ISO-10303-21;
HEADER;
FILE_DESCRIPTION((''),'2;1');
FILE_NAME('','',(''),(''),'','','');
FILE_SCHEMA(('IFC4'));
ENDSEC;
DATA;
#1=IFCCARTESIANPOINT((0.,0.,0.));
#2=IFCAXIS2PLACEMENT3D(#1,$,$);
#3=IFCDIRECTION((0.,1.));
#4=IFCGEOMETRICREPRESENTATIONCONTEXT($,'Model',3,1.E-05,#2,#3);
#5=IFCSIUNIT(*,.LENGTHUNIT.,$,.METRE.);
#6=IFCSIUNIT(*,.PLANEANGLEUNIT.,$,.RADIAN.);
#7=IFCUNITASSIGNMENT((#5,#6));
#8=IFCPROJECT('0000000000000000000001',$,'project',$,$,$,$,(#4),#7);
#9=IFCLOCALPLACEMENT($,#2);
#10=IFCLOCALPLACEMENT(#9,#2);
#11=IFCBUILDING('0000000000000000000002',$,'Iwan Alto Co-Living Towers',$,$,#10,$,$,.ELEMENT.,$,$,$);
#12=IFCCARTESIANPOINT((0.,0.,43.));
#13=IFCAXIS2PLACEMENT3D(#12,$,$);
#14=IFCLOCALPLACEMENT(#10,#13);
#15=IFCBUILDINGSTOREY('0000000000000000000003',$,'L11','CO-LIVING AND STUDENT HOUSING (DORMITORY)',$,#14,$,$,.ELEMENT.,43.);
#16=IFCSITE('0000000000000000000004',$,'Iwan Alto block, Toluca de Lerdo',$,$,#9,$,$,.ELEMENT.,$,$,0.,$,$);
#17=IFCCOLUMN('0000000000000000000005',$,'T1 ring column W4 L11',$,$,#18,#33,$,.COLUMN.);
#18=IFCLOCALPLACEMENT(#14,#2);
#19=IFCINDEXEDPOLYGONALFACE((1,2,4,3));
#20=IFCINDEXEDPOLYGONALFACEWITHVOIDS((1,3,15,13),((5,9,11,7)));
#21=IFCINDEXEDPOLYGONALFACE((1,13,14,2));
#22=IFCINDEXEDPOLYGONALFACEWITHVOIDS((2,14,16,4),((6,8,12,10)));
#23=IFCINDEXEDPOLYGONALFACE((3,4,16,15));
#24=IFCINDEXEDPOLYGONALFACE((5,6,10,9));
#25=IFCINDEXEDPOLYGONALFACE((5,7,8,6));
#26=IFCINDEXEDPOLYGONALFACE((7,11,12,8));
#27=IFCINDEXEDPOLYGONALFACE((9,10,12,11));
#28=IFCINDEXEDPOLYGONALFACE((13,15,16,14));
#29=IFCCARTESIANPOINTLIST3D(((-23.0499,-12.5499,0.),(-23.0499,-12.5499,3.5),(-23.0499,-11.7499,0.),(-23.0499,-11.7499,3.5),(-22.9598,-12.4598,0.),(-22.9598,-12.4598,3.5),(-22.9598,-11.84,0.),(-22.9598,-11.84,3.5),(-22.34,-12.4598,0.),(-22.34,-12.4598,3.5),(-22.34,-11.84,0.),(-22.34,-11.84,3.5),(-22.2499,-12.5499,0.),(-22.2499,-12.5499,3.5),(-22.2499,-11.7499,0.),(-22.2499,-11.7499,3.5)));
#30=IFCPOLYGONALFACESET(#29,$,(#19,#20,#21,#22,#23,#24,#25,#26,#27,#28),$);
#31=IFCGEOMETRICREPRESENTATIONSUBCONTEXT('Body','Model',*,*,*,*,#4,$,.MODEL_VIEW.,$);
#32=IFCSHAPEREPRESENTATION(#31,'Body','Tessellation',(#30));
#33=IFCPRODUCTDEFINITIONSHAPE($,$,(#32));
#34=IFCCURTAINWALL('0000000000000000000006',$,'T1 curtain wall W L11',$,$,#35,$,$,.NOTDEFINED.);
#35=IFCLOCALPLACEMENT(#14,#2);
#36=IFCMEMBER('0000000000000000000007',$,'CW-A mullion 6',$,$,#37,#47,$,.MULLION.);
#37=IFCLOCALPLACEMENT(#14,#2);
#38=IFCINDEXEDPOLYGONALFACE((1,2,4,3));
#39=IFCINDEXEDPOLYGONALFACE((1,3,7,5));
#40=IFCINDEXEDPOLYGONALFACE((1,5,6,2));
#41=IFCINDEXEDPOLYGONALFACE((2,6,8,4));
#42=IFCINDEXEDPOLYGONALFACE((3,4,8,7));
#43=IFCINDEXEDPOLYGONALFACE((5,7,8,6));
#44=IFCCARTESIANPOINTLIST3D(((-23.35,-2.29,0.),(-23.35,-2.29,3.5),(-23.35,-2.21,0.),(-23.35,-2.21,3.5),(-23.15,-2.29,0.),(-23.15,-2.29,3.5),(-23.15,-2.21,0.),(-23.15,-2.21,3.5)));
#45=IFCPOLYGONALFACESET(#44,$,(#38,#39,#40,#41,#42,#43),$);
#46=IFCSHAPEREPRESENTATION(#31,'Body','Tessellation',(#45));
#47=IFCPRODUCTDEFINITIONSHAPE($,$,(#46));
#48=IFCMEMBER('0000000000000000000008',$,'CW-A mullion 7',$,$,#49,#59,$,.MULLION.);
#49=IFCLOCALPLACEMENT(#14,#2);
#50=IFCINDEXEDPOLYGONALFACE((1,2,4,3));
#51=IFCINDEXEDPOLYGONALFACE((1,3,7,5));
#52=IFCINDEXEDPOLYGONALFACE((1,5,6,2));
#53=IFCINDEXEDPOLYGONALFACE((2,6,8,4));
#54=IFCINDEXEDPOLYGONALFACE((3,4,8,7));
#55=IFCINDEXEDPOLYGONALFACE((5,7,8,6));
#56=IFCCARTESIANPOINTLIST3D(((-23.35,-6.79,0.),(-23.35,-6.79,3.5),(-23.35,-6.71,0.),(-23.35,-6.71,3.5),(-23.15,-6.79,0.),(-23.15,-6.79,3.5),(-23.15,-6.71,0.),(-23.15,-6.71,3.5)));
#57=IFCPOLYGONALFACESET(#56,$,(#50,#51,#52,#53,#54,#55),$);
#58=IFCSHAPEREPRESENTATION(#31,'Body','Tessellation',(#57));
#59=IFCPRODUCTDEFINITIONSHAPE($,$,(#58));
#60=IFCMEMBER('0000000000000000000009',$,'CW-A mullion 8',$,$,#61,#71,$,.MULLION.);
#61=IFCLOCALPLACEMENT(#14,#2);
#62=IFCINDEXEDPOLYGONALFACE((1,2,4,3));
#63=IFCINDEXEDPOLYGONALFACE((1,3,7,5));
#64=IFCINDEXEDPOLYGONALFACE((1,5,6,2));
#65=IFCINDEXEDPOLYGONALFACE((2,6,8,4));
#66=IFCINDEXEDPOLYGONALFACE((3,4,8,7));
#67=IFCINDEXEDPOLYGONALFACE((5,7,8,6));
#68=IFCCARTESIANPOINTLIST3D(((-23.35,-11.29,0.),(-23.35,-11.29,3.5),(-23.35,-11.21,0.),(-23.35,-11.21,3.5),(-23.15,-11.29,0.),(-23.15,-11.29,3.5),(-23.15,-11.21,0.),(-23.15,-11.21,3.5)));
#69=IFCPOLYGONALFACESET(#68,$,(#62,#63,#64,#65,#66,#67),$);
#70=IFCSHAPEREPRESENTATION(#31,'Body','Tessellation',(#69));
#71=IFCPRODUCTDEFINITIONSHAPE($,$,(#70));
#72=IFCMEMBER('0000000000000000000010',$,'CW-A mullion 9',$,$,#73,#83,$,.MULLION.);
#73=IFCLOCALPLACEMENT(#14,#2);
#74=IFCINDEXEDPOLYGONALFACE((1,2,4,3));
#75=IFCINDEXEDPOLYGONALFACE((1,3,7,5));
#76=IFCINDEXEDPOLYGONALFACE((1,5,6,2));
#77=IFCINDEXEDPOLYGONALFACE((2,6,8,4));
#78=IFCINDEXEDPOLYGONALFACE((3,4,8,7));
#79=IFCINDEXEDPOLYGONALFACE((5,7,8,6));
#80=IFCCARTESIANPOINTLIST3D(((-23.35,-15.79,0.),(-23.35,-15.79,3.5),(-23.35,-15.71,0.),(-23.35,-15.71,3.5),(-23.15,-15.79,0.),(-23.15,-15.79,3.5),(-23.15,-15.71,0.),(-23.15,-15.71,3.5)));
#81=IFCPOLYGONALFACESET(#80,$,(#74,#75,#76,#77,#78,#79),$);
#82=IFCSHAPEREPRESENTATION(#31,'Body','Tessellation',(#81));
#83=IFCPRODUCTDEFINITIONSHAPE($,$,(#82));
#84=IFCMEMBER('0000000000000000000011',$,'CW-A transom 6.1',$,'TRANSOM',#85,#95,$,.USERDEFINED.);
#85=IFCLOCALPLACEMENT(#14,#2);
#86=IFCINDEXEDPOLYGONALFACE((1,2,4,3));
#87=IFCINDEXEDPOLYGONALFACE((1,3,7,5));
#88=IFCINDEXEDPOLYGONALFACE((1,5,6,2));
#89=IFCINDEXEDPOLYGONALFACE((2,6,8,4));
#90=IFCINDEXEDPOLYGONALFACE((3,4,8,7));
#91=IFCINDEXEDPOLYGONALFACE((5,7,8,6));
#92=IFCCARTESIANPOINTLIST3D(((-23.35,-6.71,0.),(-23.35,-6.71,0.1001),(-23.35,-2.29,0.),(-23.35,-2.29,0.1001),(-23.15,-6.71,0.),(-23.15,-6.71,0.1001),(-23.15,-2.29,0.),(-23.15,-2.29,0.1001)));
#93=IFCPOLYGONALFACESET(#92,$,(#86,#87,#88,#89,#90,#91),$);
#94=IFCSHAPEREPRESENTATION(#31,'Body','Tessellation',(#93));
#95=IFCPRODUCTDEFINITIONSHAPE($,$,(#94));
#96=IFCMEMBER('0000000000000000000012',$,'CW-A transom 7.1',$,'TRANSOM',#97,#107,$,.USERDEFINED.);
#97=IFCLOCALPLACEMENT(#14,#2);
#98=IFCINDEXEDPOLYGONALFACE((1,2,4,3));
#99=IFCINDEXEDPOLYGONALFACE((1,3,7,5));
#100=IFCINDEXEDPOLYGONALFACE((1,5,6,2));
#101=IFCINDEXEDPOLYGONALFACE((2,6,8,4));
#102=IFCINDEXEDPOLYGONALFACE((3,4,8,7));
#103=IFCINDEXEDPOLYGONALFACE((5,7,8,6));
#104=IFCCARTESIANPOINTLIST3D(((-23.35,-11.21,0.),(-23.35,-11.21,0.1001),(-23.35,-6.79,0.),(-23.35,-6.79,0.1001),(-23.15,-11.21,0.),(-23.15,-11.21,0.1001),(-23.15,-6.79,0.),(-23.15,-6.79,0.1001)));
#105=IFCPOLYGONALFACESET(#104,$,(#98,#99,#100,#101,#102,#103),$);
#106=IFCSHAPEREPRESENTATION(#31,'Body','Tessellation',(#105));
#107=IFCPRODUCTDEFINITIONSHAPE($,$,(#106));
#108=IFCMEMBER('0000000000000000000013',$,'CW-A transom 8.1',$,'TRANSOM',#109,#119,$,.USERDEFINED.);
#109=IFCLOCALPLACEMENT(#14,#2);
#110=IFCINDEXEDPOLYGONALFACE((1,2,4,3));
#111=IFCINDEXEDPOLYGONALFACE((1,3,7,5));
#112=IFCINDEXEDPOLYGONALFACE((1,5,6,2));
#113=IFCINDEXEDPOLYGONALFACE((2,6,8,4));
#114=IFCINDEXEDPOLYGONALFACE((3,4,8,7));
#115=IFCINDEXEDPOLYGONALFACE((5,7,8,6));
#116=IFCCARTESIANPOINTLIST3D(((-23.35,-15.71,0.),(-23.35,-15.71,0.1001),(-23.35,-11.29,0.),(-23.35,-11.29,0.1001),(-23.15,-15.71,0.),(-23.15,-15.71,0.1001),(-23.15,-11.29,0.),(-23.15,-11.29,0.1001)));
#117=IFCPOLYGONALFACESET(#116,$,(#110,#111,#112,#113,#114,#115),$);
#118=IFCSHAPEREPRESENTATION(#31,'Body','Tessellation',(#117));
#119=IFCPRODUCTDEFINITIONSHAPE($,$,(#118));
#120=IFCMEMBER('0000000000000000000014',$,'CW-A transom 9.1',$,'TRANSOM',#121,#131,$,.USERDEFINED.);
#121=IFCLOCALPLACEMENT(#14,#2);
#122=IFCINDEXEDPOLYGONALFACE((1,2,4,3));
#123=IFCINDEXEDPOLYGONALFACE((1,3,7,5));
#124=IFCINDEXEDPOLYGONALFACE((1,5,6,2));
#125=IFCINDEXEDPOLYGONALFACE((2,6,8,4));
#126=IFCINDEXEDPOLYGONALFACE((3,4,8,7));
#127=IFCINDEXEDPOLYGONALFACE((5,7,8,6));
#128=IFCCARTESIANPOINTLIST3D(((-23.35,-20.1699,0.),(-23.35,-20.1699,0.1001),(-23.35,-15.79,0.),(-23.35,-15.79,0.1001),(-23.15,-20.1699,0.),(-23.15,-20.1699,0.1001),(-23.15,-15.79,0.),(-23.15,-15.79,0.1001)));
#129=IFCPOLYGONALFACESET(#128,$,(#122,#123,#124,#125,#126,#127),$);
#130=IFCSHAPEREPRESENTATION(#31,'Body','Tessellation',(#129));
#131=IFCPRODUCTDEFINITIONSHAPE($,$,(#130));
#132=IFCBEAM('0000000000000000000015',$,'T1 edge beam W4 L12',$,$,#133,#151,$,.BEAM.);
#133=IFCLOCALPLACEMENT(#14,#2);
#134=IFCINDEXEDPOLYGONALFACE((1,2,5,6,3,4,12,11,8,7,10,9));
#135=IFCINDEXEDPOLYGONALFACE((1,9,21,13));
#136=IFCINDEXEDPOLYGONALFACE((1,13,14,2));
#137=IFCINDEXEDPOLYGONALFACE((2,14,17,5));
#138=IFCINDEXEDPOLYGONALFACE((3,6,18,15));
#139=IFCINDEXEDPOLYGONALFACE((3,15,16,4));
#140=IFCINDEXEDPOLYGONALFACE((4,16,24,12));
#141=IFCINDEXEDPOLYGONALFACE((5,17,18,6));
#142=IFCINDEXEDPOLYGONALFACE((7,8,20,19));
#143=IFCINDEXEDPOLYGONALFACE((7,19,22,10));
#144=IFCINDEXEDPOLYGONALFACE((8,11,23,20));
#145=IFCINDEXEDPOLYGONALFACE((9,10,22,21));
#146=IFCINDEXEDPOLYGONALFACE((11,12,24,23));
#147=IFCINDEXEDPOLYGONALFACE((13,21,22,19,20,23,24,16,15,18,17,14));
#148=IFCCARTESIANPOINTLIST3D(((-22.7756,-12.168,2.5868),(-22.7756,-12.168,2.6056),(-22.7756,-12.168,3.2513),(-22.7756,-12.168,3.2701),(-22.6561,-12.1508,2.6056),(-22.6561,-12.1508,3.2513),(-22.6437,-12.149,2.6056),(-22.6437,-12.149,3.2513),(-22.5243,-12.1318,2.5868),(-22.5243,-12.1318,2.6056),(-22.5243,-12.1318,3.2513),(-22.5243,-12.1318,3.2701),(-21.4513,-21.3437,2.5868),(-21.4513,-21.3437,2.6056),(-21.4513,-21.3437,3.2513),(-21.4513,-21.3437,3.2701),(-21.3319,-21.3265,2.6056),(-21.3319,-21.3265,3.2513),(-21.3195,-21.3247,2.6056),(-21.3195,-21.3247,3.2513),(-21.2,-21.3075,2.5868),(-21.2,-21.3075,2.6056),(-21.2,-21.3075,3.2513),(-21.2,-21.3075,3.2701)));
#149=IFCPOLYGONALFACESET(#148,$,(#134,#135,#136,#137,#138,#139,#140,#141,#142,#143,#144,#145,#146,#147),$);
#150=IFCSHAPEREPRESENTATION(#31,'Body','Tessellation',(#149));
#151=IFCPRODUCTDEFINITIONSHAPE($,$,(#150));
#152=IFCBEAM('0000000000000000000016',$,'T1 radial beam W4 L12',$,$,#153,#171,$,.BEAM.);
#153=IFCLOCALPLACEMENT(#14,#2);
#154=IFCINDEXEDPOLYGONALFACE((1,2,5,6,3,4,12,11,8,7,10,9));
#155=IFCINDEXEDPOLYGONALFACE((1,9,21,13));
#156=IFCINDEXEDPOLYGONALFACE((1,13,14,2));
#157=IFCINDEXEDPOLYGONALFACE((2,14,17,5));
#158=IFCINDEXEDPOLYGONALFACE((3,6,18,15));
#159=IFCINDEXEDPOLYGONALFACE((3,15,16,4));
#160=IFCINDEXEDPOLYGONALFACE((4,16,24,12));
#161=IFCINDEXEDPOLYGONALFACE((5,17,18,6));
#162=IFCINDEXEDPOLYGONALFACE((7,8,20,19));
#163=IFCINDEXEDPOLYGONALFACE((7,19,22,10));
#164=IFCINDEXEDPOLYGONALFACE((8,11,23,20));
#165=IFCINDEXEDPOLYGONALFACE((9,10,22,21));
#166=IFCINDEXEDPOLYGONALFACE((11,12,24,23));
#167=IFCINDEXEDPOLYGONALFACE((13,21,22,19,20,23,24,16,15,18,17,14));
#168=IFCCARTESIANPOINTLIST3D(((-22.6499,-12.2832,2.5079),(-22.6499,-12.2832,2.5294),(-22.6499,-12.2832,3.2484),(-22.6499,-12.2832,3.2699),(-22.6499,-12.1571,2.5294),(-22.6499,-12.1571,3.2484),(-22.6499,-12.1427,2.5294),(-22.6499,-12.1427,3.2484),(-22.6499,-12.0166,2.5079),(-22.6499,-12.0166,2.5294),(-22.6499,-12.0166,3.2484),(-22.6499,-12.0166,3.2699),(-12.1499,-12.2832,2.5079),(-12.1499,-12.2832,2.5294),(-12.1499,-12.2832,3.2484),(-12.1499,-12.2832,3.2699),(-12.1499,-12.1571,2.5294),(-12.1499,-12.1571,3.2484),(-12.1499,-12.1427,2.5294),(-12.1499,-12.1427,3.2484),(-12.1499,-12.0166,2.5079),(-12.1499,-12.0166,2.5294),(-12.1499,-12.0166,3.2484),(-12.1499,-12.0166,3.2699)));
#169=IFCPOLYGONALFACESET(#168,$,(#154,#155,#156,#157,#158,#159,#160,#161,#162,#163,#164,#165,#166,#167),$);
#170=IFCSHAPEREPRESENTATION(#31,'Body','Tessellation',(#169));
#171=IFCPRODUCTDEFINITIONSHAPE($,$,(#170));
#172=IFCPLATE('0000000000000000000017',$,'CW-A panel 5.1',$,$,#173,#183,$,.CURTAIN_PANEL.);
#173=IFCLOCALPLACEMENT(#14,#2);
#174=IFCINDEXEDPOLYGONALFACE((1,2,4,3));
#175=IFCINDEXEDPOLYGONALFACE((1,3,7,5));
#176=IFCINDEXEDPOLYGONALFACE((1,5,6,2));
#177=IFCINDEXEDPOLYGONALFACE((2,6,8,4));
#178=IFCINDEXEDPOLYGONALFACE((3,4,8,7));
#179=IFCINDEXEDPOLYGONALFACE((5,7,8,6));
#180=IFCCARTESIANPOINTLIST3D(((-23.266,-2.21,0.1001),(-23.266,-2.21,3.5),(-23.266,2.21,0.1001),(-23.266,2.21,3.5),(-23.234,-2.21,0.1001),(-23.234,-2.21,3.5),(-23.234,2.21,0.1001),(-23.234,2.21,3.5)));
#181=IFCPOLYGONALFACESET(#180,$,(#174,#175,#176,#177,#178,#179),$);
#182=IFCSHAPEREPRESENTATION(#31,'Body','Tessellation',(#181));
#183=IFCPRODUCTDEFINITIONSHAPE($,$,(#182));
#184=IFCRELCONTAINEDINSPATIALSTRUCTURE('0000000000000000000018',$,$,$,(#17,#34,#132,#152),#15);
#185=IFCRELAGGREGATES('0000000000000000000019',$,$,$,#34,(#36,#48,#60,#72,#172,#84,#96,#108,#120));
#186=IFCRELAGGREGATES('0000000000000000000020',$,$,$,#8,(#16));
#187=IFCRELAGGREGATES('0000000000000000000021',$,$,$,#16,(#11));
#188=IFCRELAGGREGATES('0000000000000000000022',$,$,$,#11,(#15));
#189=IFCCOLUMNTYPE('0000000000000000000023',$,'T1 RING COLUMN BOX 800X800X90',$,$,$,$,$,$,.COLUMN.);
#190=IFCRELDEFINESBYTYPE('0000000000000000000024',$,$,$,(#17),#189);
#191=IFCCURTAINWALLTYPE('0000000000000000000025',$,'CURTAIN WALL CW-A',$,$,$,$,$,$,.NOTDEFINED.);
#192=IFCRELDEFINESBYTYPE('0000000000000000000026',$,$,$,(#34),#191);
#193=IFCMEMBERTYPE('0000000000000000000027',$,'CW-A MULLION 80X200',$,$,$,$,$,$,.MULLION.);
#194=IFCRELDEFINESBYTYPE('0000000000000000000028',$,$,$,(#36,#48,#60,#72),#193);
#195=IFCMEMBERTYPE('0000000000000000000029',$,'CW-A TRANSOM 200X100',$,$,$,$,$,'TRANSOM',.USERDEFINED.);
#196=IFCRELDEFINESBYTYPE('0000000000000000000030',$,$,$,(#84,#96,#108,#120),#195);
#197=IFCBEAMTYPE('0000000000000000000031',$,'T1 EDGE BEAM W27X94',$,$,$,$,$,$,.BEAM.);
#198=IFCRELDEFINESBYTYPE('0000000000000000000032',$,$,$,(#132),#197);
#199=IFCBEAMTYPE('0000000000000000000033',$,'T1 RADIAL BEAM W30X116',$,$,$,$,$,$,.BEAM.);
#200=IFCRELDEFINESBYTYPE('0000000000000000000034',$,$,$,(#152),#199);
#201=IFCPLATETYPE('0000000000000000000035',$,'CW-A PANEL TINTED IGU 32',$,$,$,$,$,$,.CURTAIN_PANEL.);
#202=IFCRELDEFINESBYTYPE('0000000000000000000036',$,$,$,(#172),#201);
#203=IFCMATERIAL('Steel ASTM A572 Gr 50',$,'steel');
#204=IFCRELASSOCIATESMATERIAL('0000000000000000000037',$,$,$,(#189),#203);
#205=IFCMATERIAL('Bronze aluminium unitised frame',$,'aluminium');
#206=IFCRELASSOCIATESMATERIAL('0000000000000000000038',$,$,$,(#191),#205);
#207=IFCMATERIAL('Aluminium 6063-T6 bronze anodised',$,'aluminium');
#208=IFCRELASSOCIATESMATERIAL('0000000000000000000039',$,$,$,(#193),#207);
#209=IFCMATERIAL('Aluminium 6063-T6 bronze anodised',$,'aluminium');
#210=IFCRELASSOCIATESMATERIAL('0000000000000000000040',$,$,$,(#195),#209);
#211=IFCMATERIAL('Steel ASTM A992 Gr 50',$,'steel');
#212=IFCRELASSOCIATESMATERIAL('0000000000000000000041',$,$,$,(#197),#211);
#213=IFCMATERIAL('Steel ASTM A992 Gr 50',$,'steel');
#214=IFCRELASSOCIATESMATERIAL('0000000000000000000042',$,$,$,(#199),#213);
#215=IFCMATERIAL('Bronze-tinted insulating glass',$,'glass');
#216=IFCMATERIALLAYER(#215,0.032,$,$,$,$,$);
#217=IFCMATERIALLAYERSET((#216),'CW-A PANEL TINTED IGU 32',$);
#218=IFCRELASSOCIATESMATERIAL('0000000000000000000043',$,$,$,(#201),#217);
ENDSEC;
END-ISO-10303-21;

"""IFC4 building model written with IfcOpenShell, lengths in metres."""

from ifc_helpers import new_model, si_unit, direction, frame, origin, origin_2d, place, context, subcontext, project, spatial, rectangle, hollow_rectangle, i_section, extrude, material, layer, layer_set, material_profile, profile_set, type_object, element, aggregate, save


model = new_model("IFC4")

# Units and contexts
model_context = context("Model", 3, precision=1e-05, world=origin(), true_north=direction((0.0, 1.0)))
body_context = subcontext(model_context, "Body", "Model", "MODEL_VIEW")
ifc_project = project(units=[si_unit("LENGTHUNIT", "METRE"), si_unit("PLANEANGLEUNIT", "RADIAN")], contexts=[model_context])

# Site, building, storey
site_placement = place(None, origin())
site = spatial("IfcSite", under=ifc_project, at=site_placement, Name="Iwan Alto block, Toluca de Lerdo", CompositionType="ELEMENT", RefElevation=0.0)
building_placement = place(site_placement, origin())
building = spatial("IfcBuilding", under=site, at=building_placement, Name="Iwan Alto Co-Living Towers", CompositionType="ELEMENT")
storey_placement = place(building_placement, frame((0.0, 0.0, 43.0)))
storey = spatial("IfcBuildingStorey", under=building, at=storey_placement, Name="L11", Description="CO-LIVING AND STUDENT HOUSING (DORMITORY)", CompositionType="ELEMENT", Elevation=43.0)

# Column
ifc_material_1 = material(Name="Steel ASTM A572 Gr 50", Category="steel")
ifc_material_profile_1 = material_profile(ifc_material_1, hollow_rectangle(XDim=0.8, YDim=0.8, WallThickness=0.0901, at=origin_2d()), Name="BOX 800X800X90")
ifc_profile_set_1 = profile_set([ifc_material_profile_1], Name="Steel ASTM A572 Gr 50")
column_type = type_object("IfcColumnType", Name="T1 RING COLUMN BOX 800X800X90", PredefinedType="COLUMN", material=ifc_profile_set_1)
column_placement = place(storey_placement, frame((-22.6499, -12.1499, 0.0), z_axis=(0.0, 0.0, 1.0), x_axis=(1.0, 0.0, 0.0)))
element("IfcColumn", 1, at=column_placement, inside=storey, type_object=column_type, Name="T1 ring column W4 L11", PredefinedType="COLUMN", context=body_context, shape_type="SweptSolid", body=[
    extrude(hollow_rectangle(XDim=0.8, YDim=0.8, WallThickness=0.0901, at=origin_2d()), origin(), (0.0, 0.0, 1.0), 3.5),
])

# Curtain wall, members
ifc_material_2 = material(Name="Bronze aluminium unitised frame", Category="aluminium")
curtain_wall_type = type_object("IfcCurtainWallType", Name="CURTAIN WALL CW-A", PredefinedType="NOTDEFINED", material=ifc_material_2)
curtain_wall_placement = place(storey_placement, origin())
curtain_wall = element("IfcCurtainWall", 2, at=curtain_wall_placement, inside=storey, type_object=curtain_wall_type, Name="T1 curtain wall W L11", PredefinedType="NOTDEFINED")
ifc_material_3 = material(Name="Aluminium 6063-T6 bronze anodised", Category="aluminium")
ifc_material_profile_2 = material_profile(ifc_material_3, rectangle(XDim=0.2, YDim=0.0801, at=origin_2d()), Name="AL 80X200")
ifc_profile_set_2 = profile_set([ifc_material_profile_2], Name="Aluminium 6063-T6 bronze anodised")
member_type_1 = type_object("IfcMemberType", Name="CW-A MULLION 80X200", PredefinedType="MULLION", material=ifc_profile_set_2)
member_1_placement = place(storey_placement, frame((-23.25, -2.25, 0.0), z_axis=(0.0, 0.0, 1.0), x_axis=(1.0, 0.0, 0.0)))
member_1 = element("IfcMember", 3, at=member_1_placement, type_object=member_type_1, Name="CW-A mullion 6", PredefinedType="MULLION", context=body_context, shape_type="SweptSolid", body=[
    extrude(rectangle(XDim=0.2, YDim=0.0801, at=origin_2d()), origin(), (0.0, 0.0, 1.0), 3.5),
])
member_2_placement = place(storey_placement, frame((-23.25, -6.75, 0.0), z_axis=(0.0, 0.0, 1.0), x_axis=(1.0, 0.0, 0.0)))
member_2 = element("IfcMember", 4, at=member_2_placement, type_object=member_type_1, Name="CW-A mullion 7", PredefinedType="MULLION", context=body_context, shape_type="SweptSolid", body=[
    extrude(rectangle(XDim=0.2, YDim=0.0801, at=origin_2d()), origin(), (0.0, 0.0, 1.0), 3.5),
])
member_3_placement = place(storey_placement, frame((-23.25, -11.25, 0.0), z_axis=(0.0, 0.0, 1.0), x_axis=(1.0, 0.0, 0.0)))
member_3 = element("IfcMember", 5, at=member_3_placement, type_object=member_type_1, Name="CW-A mullion 8", PredefinedType="MULLION", context=body_context, shape_type="SweptSolid", body=[
    extrude(rectangle(XDim=0.2, YDim=0.0801, at=origin_2d()), origin(), (0.0, 0.0, 1.0), 3.5),
])
member_4_placement = place(storey_placement, frame((-23.25, -15.75, 0.0), z_axis=(0.0, 0.0, 1.0), x_axis=(1.0, 0.0, 0.0)))
member_4 = element("IfcMember", 6, at=member_4_placement, type_object=member_type_1, Name="CW-A mullion 9", PredefinedType="MULLION", context=body_context, shape_type="SweptSolid", body=[
    extrude(rectangle(XDim=0.2, YDim=0.0801, at=origin_2d()), origin(), (0.0, 0.0, 1.0), 3.5),
])
ifc_material_4 = material(Name="Aluminium 6063-T6 bronze anodised", Category="aluminium")
ifc_material_profile_3 = material_profile(ifc_material_4, rectangle(XDim=0.2, YDim=0.1001, at=origin_2d()), Name="AL 200X100")
ifc_profile_set_3 = profile_set([ifc_material_profile_3], Name="Aluminium 6063-T6 bronze anodised")
member_type_2 = type_object("IfcMemberType", Name="CW-A TRANSOM 200X100", ElementType="TRANSOM", PredefinedType="USERDEFINED", material=ifc_profile_set_3)
member_5_placement = place(storey_placement, frame((-23.25, -2.29, 0.05), z_axis=(0.0, -1.0, 0.0), x_axis=(1.0, 0.0, 0.0)))
member_5 = element("IfcMember", 7, at=member_5_placement, type_object=member_type_2, Name="CW-A transom 6.1", ObjectType="TRANSOM", PredefinedType="USERDEFINED", context=body_context, shape_type="SweptSolid", body=[
    extrude(rectangle(XDim=0.2, YDim=0.1001, at=origin_2d()), origin(), (0.0, 0.0, 1.0), 4.4199),
])
member_6_placement = place(storey_placement, frame((-23.25, -6.79, 0.05), z_axis=(0.0, -1.0, 0.0), x_axis=(1.0, 0.0, 0.0)))
member_6 = element("IfcMember", 8, at=member_6_placement, type_object=member_type_2, Name="CW-A transom 7.1", ObjectType="TRANSOM", PredefinedType="USERDEFINED", context=body_context, shape_type="SweptSolid", body=[
    extrude(rectangle(XDim=0.2, YDim=0.1001, at=origin_2d()), origin(), (0.0, 0.0, 1.0), 4.4199),
])
member_7_placement = place(storey_placement, frame((-23.25, -11.29, 0.05), z_axis=(0.0, -1.0, 0.0), x_axis=(1.0, 0.0, 0.0)))
member_7 = element("IfcMember", 9, at=member_7_placement, type_object=member_type_2, Name="CW-A transom 8.1", ObjectType="TRANSOM", PredefinedType="USERDEFINED", context=body_context, shape_type="SweptSolid", body=[
    extrude(rectangle(XDim=0.2, YDim=0.1001, at=origin_2d()), origin(), (0.0, 0.0, 1.0), 4.4199),
])
member_8_placement = place(storey_placement, frame((-23.25, -15.79, 0.05), z_axis=(0.0, -1.0, 0.0), x_axis=(1.0, 0.0, 0.0)))
member_8 = element("IfcMember", 10, at=member_8_placement, type_object=member_type_2, Name="CW-A transom 9.1", ObjectType="TRANSOM", PredefinedType="USERDEFINED", context=body_context, shape_type="SweptSolid", body=[
    extrude(rectangle(XDim=0.2, YDim=0.1001, at=origin_2d()), origin(), (0.0, 0.0, 1.0), 4.3799),
])

# Beams
ifc_material_5 = material(Name="Steel ASTM A992 Gr 50", Category="steel")
ifc_material_profile_4 = material_profile(ifc_material_5, i_section(OverallWidth=0.2539, OverallDepth=0.6833, WebThickness=0.0125, FlangeThickness=0.0188, at=origin_2d()), Name="W27X94")
ifc_profile_set_4 = profile_set([ifc_material_profile_4], Name="Steel ASTM A992 Gr 50")
beam_type_1 = type_object("IfcBeamType", Name="T1 EDGE BEAM W27X94", PredefinedType="BEAM", material=ifc_profile_set_4)
beam_1_placement = place(storey_placement, frame((-22.6499, -12.1499, 2.9285), z_axis=(0.142837, -0.989746, 0.0), x_axis=(0.989746, 0.142837, 0.0)))
element("IfcBeam", 11, at=beam_1_placement, inside=storey, type_object=beam_type_1, Name="T1 edge beam W4 L12", PredefinedType="BEAM", context=body_context, shape_type="SweptSolid", body=[
    extrude(i_section(OverallWidth=0.2539, OverallDepth=0.6833, WebThickness=0.0125, FlangeThickness=0.0188, at=origin_2d()), origin(), (0.0, 0.0, 1.0), 9.2708),
])
ifc_material_6 = material(Name="Steel ASTM A992 Gr 50", Category="steel")
ifc_material_profile_5 = material_profile(ifc_material_6, i_section(OverallWidth=0.2666, OverallDepth=0.762, WebThickness=0.0144, FlangeThickness=0.0215, at=origin_2d()), Name="W30X116")
ifc_profile_set_5 = profile_set([ifc_material_profile_5], Name="Steel ASTM A992 Gr 50")
beam_type_2 = type_object("IfcBeamType", Name="T1 RADIAL BEAM W30X116", PredefinedType="BEAM", material=ifc_profile_set_5)
beam_2_placement = place(storey_placement, frame((-22.6499, -12.1499, 2.8889), z_axis=(1.0, 0.0, 0.0), x_axis=(0.0, 1.0, 0.0)))
element("IfcBeam", 12, at=beam_2_placement, inside=storey, type_object=beam_type_2, Name="T1 radial beam W4 L12", PredefinedType="BEAM", context=body_context, shape_type="SweptSolid", body=[
    extrude(i_section(OverallWidth=0.2666, OverallDepth=0.762, WebThickness=0.0144, FlangeThickness=0.0215, at=origin_2d()), origin(), (0.0, 0.0, 1.0), 10.5),
])

# Plate
ifc_material_7 = material(Name="Bronze-tinted insulating glass", Category="glass")
ifc_layer_1 = layer(ifc_material_7, 0.032)
ifc_layer_set_1 = layer_set([ifc_layer_1], Name="CW-A PANEL TINTED IGU 32")
plate_type = type_object("IfcPlateType", Name="CW-A PANEL TINTED IGU 32", PredefinedType="CURTAIN_PANEL", material=ifc_layer_set_1)
plate_1_placement = place(storey_placement, frame((-23.25, 0.0, 0.1001), z_axis=(0.0, 0.0, 1.0), x_axis=(0.0, -1.0, 0.0)))
plate_1 = element("IfcPlate", 13, at=plate_1_placement, type_object=plate_type, Name="CW-A panel 5.1", PredefinedType="CURTAIN_PANEL", context=body_context, shape_type="SweptSolid", body=[
    extrude(rectangle(XDim=4.4199, YDim=0.032, at=origin_2d()), origin(), (0.0, 0.0, 1.0), 3.3999),
])
aggregate(curtain_wall, [member_1, member_2, member_3, member_4, plate_1, member_5, member_6, member_7, member_8])

save(model, "model.ifc")
